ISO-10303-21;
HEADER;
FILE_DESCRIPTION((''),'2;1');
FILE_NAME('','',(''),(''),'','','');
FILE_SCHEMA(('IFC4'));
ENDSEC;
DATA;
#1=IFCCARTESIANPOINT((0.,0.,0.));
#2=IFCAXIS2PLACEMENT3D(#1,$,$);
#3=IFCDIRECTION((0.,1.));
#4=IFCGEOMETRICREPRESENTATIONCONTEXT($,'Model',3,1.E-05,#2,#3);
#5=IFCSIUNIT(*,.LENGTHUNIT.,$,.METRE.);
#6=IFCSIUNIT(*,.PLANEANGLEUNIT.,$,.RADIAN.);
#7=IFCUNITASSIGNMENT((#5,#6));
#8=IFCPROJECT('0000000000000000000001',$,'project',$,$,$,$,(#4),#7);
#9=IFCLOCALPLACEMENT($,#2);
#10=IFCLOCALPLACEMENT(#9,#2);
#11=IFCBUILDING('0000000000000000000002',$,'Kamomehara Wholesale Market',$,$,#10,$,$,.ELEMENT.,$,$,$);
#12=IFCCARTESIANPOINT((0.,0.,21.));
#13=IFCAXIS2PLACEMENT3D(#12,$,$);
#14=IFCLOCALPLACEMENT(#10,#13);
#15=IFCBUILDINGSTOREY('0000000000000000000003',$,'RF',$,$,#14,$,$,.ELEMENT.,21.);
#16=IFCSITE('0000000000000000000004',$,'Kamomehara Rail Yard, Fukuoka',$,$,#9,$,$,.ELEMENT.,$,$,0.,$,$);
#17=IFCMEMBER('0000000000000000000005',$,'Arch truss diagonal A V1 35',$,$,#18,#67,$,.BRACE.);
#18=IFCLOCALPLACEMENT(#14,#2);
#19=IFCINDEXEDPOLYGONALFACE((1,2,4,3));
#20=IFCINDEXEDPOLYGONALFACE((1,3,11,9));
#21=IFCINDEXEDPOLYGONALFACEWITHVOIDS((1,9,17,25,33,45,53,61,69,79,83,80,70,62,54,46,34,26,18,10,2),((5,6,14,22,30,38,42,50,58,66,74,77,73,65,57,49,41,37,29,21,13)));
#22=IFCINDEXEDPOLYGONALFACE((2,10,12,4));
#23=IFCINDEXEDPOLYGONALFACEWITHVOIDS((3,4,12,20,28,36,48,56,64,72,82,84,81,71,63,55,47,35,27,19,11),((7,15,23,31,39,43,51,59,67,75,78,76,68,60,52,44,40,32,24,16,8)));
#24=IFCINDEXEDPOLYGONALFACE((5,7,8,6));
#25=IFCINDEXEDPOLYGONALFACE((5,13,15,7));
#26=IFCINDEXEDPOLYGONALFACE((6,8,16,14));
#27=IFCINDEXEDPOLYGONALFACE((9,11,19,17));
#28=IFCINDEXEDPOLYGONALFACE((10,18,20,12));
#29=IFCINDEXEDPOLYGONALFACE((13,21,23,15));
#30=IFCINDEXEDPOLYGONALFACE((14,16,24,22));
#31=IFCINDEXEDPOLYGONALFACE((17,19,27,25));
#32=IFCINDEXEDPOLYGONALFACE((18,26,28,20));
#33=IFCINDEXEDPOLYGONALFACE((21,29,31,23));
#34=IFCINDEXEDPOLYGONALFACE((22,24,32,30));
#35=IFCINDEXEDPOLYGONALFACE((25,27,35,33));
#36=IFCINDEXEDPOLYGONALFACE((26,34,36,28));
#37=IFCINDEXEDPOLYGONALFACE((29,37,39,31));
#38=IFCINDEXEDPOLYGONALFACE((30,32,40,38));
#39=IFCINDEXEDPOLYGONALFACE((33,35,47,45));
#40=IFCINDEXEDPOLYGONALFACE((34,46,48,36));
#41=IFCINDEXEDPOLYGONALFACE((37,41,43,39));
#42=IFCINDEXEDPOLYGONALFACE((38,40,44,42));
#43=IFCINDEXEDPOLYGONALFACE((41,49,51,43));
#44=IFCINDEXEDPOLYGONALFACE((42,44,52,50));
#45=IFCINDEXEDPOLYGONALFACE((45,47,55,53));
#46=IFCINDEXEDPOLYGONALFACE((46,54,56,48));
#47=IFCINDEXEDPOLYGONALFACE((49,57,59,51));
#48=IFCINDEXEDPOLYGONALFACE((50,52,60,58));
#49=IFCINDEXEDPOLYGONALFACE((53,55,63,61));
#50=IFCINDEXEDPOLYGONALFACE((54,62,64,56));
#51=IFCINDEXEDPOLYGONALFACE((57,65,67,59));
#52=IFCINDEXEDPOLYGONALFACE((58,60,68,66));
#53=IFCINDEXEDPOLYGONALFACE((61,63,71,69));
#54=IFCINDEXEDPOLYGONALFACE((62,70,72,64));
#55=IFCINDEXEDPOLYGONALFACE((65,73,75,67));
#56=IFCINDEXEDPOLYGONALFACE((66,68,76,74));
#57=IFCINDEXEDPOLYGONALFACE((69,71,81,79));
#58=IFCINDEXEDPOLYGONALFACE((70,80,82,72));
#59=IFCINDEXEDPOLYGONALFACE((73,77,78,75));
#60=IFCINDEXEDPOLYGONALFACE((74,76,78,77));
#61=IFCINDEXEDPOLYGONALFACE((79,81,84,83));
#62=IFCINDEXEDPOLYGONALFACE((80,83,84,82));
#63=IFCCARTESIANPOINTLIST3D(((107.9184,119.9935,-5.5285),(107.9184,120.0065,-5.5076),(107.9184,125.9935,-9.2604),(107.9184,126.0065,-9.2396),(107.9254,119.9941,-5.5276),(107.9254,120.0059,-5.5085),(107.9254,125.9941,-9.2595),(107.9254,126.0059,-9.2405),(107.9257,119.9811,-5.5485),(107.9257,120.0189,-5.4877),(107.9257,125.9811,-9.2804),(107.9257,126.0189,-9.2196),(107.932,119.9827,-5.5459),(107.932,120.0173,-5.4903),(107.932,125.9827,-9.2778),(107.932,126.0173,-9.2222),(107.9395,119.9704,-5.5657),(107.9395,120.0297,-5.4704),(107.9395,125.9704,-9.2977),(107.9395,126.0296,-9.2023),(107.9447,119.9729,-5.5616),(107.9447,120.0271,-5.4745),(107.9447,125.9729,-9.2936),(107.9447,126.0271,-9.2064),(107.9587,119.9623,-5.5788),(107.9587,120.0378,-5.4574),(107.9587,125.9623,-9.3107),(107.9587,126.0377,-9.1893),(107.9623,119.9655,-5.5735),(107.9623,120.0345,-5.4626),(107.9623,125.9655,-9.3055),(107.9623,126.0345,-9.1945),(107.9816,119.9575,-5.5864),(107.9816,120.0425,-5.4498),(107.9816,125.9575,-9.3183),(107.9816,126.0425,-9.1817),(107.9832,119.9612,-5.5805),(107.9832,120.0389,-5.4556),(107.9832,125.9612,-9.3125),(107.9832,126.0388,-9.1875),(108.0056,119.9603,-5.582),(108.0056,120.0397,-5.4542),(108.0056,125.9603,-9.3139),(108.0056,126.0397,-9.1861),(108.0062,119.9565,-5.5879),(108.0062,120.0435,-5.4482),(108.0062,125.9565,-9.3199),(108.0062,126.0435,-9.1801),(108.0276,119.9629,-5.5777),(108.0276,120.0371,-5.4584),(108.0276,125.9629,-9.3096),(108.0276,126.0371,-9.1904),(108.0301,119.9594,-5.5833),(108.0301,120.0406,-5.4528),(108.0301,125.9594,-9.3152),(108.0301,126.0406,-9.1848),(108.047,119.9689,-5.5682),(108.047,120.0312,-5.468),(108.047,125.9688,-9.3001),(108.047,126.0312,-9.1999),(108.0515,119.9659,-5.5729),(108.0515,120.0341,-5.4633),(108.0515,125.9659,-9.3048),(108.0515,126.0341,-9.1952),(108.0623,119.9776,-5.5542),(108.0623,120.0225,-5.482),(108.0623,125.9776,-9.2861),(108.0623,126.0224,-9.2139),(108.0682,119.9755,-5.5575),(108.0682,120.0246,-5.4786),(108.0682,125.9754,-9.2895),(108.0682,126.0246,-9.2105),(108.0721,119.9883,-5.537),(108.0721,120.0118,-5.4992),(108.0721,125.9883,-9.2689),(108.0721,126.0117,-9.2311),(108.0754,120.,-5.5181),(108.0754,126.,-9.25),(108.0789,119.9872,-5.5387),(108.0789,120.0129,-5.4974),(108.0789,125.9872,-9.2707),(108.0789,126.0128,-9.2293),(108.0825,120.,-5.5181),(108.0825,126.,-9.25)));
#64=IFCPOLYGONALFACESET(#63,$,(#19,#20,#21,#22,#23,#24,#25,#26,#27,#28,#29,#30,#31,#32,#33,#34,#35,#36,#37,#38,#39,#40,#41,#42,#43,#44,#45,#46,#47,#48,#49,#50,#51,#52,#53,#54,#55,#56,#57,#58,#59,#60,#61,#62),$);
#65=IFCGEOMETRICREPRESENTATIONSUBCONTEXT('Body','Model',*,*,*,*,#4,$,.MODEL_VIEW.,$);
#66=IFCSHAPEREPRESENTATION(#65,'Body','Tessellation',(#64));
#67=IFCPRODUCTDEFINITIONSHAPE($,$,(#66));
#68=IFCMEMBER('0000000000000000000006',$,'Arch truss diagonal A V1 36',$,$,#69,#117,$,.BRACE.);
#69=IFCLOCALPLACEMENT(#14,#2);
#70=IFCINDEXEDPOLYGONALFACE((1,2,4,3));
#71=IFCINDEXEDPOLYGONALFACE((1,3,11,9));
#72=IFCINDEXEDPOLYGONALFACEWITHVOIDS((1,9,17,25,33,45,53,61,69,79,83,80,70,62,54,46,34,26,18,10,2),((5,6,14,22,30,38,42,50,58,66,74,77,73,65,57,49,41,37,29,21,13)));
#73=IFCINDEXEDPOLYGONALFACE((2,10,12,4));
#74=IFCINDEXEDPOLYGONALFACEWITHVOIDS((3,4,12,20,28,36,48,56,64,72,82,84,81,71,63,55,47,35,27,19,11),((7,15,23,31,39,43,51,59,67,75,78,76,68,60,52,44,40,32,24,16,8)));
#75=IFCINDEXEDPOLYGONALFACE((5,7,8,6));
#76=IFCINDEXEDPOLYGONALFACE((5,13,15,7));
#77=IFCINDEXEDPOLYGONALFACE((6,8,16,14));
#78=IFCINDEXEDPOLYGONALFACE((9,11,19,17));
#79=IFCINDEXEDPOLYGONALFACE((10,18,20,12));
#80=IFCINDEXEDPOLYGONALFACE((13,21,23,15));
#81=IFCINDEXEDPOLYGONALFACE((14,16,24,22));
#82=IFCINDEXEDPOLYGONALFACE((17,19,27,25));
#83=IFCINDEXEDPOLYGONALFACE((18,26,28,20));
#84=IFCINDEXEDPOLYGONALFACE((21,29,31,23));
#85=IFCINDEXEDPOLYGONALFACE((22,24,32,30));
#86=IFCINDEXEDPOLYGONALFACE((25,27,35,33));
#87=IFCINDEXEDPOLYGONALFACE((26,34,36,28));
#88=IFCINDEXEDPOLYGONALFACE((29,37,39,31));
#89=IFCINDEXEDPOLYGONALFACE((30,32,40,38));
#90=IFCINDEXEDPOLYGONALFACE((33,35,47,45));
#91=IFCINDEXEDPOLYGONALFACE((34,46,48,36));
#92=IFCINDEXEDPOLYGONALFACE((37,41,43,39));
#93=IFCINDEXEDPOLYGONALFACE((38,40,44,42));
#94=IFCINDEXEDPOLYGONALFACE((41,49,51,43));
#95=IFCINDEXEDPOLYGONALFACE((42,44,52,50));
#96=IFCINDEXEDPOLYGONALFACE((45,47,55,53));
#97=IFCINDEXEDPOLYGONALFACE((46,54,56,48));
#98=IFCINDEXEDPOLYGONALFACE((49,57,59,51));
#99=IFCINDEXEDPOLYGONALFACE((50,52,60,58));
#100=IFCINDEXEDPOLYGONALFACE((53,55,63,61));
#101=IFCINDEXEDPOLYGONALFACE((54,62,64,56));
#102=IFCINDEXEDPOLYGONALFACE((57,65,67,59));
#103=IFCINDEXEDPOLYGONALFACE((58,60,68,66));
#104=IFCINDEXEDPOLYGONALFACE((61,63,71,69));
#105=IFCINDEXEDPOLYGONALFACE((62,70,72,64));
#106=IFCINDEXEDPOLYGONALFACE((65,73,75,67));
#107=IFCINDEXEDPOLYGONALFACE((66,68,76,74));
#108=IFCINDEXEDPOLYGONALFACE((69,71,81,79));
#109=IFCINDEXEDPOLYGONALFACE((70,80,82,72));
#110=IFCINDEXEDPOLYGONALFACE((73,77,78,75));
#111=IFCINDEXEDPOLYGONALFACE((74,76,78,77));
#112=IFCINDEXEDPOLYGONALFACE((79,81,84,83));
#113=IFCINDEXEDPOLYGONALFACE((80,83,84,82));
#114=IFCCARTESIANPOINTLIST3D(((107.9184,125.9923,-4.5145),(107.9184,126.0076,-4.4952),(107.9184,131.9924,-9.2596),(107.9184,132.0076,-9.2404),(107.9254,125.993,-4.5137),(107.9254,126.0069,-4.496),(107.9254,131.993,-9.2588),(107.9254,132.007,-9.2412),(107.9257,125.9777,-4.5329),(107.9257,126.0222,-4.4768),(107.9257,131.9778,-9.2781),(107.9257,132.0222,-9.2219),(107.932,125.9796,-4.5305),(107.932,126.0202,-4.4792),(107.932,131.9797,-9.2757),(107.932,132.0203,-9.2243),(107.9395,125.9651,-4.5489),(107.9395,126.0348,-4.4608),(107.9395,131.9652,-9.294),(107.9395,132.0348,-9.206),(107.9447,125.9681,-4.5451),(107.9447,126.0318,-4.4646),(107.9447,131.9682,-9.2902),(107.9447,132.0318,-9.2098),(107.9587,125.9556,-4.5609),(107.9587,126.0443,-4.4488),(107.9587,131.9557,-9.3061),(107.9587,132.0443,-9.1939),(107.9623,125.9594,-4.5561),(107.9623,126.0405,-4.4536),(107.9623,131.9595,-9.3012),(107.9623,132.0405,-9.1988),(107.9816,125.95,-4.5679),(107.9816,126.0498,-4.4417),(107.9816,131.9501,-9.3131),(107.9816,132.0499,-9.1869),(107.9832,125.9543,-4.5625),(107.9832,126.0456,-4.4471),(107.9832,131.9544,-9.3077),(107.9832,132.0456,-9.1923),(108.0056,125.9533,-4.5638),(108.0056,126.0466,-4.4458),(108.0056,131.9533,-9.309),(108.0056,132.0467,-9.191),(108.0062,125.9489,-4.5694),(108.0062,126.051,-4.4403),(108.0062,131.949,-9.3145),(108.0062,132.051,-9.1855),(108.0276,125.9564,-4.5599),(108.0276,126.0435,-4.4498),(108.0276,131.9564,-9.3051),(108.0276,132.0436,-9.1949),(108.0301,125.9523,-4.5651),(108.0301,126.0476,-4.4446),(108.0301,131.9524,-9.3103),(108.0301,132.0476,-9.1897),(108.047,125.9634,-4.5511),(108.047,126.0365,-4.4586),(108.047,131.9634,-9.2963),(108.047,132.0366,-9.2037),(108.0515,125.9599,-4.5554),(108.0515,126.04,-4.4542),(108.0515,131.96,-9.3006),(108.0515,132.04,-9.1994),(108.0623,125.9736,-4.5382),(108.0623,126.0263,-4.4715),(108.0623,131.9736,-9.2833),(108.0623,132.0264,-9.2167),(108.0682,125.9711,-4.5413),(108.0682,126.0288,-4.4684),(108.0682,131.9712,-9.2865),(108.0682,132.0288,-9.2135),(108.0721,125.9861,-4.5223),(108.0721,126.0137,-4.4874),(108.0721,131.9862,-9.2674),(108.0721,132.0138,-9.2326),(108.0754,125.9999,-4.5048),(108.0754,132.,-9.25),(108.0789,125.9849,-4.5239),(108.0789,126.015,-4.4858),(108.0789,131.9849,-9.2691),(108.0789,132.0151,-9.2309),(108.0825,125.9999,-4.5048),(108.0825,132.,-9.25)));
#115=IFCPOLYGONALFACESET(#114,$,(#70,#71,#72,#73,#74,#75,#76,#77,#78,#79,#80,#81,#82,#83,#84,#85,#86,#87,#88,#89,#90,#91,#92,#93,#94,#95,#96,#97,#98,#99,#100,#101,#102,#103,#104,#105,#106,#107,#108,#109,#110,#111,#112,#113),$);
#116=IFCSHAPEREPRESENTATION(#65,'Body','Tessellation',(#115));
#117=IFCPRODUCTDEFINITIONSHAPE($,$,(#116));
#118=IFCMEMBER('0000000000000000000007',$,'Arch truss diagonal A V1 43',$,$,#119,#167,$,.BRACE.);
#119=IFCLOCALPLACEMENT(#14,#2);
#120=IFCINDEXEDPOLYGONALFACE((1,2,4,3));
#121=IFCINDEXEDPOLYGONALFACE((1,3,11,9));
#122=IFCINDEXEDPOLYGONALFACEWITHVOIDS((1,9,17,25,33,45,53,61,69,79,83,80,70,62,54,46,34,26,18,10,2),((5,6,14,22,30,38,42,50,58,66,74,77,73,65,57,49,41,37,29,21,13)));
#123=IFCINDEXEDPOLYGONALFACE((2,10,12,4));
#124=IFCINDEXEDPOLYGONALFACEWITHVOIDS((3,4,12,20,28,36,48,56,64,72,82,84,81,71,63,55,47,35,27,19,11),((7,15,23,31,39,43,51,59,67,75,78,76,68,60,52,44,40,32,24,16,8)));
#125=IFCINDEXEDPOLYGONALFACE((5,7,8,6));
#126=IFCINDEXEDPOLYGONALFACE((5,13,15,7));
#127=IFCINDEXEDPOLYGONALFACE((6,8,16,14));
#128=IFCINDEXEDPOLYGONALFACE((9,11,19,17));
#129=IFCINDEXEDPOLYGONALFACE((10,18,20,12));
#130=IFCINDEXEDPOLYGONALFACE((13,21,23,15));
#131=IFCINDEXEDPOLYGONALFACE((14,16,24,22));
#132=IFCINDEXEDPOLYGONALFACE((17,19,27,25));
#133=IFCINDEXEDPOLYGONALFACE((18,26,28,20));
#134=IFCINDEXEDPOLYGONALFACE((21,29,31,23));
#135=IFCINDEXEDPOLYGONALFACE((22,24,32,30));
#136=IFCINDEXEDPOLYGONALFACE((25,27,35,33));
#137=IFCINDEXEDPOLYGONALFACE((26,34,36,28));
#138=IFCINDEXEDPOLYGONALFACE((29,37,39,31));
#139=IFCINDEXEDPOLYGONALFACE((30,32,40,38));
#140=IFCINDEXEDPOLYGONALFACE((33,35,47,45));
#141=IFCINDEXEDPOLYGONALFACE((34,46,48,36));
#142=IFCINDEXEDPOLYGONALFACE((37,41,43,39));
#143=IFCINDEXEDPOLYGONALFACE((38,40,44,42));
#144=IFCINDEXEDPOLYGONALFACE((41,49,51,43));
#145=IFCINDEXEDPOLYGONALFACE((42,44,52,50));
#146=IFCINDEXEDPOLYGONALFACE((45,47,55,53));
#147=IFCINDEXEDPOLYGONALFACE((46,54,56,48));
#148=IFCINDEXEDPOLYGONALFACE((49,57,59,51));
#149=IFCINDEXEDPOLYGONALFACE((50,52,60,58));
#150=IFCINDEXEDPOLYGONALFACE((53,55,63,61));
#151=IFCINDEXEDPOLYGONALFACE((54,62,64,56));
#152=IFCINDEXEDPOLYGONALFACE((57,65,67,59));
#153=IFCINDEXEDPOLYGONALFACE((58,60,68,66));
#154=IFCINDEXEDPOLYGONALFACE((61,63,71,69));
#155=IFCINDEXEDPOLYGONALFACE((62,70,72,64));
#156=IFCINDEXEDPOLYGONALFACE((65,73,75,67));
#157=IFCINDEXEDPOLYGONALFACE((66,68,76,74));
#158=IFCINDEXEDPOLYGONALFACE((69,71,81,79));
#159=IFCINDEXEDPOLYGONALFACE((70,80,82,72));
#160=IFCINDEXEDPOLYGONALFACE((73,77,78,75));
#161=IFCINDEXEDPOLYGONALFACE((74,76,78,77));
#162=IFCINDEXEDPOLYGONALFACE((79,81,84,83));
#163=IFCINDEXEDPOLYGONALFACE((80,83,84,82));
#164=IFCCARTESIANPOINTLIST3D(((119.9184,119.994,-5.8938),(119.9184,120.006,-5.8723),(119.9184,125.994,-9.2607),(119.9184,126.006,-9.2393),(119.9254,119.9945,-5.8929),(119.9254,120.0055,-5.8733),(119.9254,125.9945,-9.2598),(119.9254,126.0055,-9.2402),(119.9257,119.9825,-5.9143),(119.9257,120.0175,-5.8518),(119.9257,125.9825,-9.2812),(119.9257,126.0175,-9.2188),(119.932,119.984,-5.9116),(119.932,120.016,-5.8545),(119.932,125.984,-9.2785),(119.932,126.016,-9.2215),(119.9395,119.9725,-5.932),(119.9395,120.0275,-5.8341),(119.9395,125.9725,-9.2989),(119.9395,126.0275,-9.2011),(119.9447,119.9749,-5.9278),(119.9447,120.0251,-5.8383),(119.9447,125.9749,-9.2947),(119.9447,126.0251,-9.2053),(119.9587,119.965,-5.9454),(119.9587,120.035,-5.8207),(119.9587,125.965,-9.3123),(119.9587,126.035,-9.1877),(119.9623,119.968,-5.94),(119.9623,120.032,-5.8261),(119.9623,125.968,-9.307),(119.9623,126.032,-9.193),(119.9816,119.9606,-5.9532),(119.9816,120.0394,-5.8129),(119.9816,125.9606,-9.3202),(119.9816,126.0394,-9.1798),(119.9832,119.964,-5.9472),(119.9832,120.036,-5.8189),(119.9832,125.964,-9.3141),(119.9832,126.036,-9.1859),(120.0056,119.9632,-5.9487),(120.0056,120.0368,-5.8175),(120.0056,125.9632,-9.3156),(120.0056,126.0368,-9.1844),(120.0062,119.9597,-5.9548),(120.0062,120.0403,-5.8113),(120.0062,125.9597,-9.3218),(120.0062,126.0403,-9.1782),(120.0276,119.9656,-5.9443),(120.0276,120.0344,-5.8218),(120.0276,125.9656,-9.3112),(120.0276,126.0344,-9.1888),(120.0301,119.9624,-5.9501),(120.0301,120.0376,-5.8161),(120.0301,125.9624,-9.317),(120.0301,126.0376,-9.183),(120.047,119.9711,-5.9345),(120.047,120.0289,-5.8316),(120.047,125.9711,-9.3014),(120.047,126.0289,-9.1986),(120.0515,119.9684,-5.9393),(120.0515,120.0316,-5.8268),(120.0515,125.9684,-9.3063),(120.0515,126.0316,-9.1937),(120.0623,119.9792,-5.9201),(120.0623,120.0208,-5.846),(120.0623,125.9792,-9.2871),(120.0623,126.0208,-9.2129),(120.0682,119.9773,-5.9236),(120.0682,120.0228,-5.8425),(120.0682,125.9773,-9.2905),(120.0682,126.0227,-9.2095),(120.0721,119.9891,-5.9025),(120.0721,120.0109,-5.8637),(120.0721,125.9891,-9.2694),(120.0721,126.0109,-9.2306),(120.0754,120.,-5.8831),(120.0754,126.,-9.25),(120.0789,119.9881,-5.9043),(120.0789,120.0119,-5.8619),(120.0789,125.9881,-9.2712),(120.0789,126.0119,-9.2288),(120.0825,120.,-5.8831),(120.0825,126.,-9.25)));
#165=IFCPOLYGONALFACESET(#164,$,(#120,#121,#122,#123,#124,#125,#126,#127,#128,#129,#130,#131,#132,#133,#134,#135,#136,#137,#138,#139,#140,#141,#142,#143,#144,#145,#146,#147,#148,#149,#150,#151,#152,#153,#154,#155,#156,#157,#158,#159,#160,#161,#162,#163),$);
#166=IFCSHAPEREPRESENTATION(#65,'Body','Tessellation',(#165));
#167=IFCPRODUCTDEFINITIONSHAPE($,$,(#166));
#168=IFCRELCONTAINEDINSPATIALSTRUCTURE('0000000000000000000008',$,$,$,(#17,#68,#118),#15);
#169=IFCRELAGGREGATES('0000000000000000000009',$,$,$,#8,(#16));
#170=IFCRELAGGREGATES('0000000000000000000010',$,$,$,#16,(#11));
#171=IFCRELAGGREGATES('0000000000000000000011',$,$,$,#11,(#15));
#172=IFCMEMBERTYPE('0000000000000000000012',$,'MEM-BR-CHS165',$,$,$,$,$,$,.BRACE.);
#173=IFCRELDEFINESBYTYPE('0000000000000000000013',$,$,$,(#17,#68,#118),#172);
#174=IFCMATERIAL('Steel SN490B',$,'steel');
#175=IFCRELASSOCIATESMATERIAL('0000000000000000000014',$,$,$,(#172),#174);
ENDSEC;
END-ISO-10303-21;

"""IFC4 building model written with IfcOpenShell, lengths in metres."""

from ifc_helpers import new_model, si_unit, direction, frame, origin, origin_2d, place, context, subcontext, project, spatial, hollow_circle, extrude, material, material_profile, profile_set, type_object, element, save


model = new_model("IFC4")

# Units and contexts
model_context = context("Model", 3, precision=1e-05, world=origin(), true_north=direction((0.0, 1.0)))
body_context = subcontext(model_context, "Body", "Model", "MODEL_VIEW")
ifc_project = project(units=[si_unit("LENGTHUNIT", "METRE"), si_unit("PLANEANGLEUNIT", "RADIAN")], contexts=[model_context])

# Site, building, storey
site_placement = place(None, origin())
site = spatial("IfcSite", under=ifc_project, at=site_placement, Name="Kamomehara Rail Yard, Fukuoka", CompositionType="ELEMENT", RefElevation=0.0)
building_placement = place(site_placement, origin())
building = spatial("IfcBuilding", under=site, at=building_placement, Name="Kamomehara Wholesale Market", CompositionType="ELEMENT")
storey_placement = place(building_placement, frame((0.0, 0.0, 21.0)))
storey = spatial("IfcBuildingStorey", under=building, at=storey_placement, Name="RF", CompositionType="ELEMENT", Elevation=21.0)

# Members
ifc_material_1 = material(Name="Steel SN490B", Category="steel")
ifc_material_profile_1 = material_profile(ifc_material_1, hollow_circle(Radius=0.0825, WallThickness=0.0071, at=origin_2d()), Name="CHS-165.2x7.1")
ifc_profile_set_1 = profile_set([ifc_material_profile_1], Name="Steel SN490B")
member_type_1 = type_object("IfcMemberType", Name="MEM-BR-CHS165", PredefinedType="BRACE", material=ifc_profile_set_1)
member_1_placement = place(storey_placement, frame((108.0, 126.0, -9.25), z_axis=(0.0, -0.849145, 0.528159), x_axis=(1.0, 0.0, 0.0)))
element("IfcMember", 1, at=member_1_placement, inside=storey, type_object=member_type_1, Name="Arch truss diagonal A V1 35", PredefinedType="BRACE", context=body_context, shape_type="SweptSolid", body=[
    extrude(hollow_circle(Radius=0.0825, WallThickness=0.0071, at=origin_2d()), origin(), (0.0, 0.0, 1.0), 7.0659),
])
member_2_placement = place(storey_placement, frame((108.0, 132.0, -9.25), z_axis=(0.0, -0.784356, 0.62031), x_axis=(1.0, 0.0, 0.0)))
element("IfcMember", 2, at=member_2_placement, inside=storey, type_object=member_type_1, Name="Arch truss diagonal A V1 36", PredefinedType="BRACE", context=body_context, shape_type="SweptSolid", body=[
    extrude(hollow_circle(Radius=0.0825, WallThickness=0.0071, at=origin_2d()), origin(), (0.0, 0.0, 1.0), 7.6497),
])
member_3_placement = place(storey_placement, frame((120.0, 126.0, -9.25), z_axis=(0.0, -0.872075, 0.489371), x_axis=(1.0, 0.0, 0.0)))
element("IfcMember", 3, at=member_3_placement, inside=storey, type_object=member_type_1, Name="Arch truss diagonal A V1 43", PredefinedType="BRACE", context=body_context, shape_type="SweptSolid", body=[
    extrude(hollow_circle(Radius=0.0825, WallThickness=0.0071, at=origin_2d()), origin(), (0.0, 0.0, 1.0), 6.8801),
])

save(model, "model.ifc")
